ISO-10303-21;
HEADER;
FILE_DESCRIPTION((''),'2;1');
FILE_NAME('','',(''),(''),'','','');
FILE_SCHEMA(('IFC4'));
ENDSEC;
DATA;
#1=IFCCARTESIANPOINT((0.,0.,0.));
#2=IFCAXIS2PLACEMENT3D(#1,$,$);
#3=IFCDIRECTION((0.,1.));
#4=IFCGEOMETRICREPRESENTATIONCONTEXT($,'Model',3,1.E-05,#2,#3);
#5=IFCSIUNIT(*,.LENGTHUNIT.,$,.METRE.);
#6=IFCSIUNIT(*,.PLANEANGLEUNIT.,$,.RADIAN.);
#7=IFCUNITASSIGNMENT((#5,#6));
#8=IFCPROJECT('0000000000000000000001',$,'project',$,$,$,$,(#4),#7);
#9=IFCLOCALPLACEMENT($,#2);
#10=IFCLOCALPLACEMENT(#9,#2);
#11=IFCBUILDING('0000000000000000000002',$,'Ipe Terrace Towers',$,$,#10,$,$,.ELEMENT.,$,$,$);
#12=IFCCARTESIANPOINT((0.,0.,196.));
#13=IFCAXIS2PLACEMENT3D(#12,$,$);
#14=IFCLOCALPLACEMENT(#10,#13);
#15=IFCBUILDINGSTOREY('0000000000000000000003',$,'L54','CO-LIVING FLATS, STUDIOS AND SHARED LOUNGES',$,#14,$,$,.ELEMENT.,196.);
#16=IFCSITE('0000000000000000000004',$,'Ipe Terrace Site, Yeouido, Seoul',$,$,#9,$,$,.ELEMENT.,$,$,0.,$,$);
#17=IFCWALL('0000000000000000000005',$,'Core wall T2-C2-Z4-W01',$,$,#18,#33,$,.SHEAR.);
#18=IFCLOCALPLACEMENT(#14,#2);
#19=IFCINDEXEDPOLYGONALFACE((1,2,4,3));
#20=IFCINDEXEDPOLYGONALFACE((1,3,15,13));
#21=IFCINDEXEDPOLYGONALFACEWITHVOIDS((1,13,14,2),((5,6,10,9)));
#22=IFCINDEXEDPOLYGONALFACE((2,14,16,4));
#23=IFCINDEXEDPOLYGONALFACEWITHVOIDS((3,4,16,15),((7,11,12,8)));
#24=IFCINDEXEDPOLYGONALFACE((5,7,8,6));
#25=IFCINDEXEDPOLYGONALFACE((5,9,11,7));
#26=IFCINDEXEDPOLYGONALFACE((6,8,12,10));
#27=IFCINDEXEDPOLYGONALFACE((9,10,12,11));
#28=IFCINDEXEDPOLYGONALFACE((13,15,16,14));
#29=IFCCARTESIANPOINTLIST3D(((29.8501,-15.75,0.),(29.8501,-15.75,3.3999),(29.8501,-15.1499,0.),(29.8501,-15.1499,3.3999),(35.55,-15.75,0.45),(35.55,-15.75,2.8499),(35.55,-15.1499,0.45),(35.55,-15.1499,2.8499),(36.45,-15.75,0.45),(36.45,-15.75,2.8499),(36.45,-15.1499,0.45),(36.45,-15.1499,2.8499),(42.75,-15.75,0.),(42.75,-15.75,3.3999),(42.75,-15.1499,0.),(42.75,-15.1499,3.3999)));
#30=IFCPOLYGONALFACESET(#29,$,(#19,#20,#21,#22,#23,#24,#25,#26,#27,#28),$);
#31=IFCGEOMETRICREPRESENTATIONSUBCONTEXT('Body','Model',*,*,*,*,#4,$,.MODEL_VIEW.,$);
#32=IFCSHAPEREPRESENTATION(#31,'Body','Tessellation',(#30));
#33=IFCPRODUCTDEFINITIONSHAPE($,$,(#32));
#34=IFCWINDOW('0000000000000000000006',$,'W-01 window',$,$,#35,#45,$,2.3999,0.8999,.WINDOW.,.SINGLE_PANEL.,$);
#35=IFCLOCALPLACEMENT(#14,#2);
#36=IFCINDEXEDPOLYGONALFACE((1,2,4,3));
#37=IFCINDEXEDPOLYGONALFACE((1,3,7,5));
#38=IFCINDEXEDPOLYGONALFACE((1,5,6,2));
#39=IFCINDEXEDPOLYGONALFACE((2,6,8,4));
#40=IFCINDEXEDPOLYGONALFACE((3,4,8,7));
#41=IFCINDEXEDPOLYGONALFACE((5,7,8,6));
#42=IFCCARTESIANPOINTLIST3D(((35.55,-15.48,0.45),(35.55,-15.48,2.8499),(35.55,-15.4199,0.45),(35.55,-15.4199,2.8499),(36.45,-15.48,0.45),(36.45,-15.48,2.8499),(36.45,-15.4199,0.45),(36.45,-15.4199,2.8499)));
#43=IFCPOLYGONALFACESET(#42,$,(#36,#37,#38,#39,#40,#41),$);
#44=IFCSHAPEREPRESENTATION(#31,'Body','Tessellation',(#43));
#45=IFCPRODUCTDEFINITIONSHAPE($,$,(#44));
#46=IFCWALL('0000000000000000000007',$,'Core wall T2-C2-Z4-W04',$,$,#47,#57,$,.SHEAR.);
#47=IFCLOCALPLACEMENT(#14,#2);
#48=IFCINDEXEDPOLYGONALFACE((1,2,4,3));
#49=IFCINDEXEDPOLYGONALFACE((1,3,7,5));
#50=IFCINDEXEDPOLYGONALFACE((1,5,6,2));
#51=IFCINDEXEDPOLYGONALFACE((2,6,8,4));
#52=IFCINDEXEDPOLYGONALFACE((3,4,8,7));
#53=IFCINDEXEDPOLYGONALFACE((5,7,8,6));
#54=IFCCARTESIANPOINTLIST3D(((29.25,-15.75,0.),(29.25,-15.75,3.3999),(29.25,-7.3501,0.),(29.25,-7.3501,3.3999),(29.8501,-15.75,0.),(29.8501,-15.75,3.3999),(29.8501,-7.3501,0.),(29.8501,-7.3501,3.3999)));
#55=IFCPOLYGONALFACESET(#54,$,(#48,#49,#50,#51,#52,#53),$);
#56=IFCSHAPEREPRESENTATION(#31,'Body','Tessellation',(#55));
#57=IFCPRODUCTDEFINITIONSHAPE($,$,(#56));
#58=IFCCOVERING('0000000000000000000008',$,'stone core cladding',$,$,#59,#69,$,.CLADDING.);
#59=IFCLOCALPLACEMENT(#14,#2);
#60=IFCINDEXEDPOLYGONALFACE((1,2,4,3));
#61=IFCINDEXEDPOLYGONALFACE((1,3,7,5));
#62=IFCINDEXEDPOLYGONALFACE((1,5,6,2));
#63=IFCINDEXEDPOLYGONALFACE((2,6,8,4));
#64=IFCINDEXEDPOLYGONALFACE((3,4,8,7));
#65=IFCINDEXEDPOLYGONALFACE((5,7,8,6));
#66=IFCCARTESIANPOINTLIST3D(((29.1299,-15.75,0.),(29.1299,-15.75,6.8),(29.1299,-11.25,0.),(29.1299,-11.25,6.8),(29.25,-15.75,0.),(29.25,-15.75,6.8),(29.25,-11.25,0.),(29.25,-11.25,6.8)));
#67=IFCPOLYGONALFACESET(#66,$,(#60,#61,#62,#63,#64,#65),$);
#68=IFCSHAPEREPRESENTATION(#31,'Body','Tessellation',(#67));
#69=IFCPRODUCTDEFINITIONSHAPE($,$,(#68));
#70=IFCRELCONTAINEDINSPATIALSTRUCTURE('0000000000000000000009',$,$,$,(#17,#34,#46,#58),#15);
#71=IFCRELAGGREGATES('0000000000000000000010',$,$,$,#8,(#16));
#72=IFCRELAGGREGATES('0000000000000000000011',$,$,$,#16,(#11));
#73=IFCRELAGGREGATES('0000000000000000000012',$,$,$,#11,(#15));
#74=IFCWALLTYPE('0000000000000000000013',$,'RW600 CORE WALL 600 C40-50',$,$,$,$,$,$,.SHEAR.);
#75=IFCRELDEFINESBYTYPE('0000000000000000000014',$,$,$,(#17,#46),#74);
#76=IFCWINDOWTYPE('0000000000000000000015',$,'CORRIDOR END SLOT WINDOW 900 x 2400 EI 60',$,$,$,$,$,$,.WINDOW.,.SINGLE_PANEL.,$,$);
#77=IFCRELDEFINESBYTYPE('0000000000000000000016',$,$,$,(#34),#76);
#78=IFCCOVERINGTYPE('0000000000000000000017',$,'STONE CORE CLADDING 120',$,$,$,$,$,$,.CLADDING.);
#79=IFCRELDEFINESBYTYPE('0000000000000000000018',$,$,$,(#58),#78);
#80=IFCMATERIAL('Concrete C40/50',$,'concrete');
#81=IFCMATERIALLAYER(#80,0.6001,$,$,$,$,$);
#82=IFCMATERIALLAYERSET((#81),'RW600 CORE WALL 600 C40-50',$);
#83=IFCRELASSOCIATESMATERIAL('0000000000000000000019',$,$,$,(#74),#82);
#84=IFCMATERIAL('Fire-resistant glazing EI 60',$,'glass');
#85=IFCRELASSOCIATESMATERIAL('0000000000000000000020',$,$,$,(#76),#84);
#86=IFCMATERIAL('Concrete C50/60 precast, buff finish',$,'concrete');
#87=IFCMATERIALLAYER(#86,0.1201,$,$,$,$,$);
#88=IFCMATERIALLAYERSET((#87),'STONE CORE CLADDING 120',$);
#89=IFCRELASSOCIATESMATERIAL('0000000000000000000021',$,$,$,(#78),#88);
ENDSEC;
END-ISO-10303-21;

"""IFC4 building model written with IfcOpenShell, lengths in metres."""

from ifc_helpers import new_model, si_unit, direction, frame, frame_2d, origin, origin_2d, place, context, subcontext, project, spatial, rectangle, extrude, material, layer, layer_set, type_object, element, fill, save


model = new_model("IFC4")

# Units and contexts
model_context = context("Model", 3, precision=1e-05, world=origin(), true_north=direction((0.0, 1.0)))
body_context = subcontext(model_context, "Body", "Model", "MODEL_VIEW")
ifc_project = project(units=[si_unit("LENGTHUNIT", "METRE"), si_unit("PLANEANGLEUNIT", "RADIAN")], contexts=[model_context])

# Site, building, storey
site_placement = place(None, origin())
site = spatial("IfcSite", under=ifc_project, at=site_placement, Name="Ipe Terrace Site, Yeouido, Seoul", CompositionType="ELEMENT", RefElevation=0.0)
building_placement = place(site_placement, origin())
building = spatial("IfcBuilding", under=site, at=building_placement, Name="Ipe Terrace Towers", CompositionType="ELEMENT")
storey_placement = place(building_placement, frame((0.0, 0.0, 196.0)))
storey = spatial("IfcBuildingStorey", under=building, at=storey_placement, Name="L54", Description="CO-LIVING FLATS, STUDIOS AND SHARED LOUNGES", CompositionType="ELEMENT", Elevation=196.0)

# Wall, opening, window
ifc_material_1 = material(Name="Concrete C40/50", Category="concrete")
ifc_layer_1 = layer(ifc_material_1, 0.6001)
ifc_layer_set_1 = layer_set([ifc_layer_1], Name="RW600 CORE WALL 600 C40-50")
wall_type_1 = type_object("IfcWallType", Name="RW600 CORE WALL 600 C40-50", PredefinedType="SHEAR", material=ifc_layer_set_1)
wall_1_placement = place(storey_placement, frame((29.8501, -15.45, 0.0), z_axis=(0.0, 0.0, 1.0), x_axis=(1.0, 0.0, 0.0)))
wall_1 = element("IfcWall", 1, at=wall_1_placement, inside=storey, type_object=wall_type_1, Name="Core wall T2-C2-Z4-W01", PredefinedType="SHEAR", context=body_context, shape_type="SweptSolid", body=[
    extrude(rectangle(XDim=12.8999, YDim=0.6001, at=frame_2d((6.45, 0.0))), origin(), (0.0, 0.0, 1.0), 3.3999),
])
opening_1_placement = place(wall_1_placement, frame((5.7, 0.0, 0.45)))
opening_1 = element("IfcOpeningElement", 2, at=opening_1_placement, cuts=wall_1, PredefinedType="OPENING", context=body_context, shape_type="SweptSolid", body=[
    extrude(rectangle(XDim=0.8999, YDim=2.3999, at=frame_2d((0.45, 1.2))), frame((0.0, 0.3101, 0.0), z_axis=(0.0, -1.0, 0.0), x_axis=(1.0, 0.0, 0.0)), (0.0, 0.0, 1.0), 0.6201),
])
ifc_material_2 = material(Name="Fire-resistant glazing EI 60", Category="glass")
window_type = type_object("IfcWindowType", Name="CORRIDOR END SLOT WINDOW 900 x 2400 EI 60", PartitioningType="SINGLE_PANEL", PredefinedType="WINDOW", material=ifc_material_2)
window_placement = place(opening_1_placement, origin())
window = element("IfcWindow", 3, at=window_placement, inside=storey, type_object=window_type, Name="W-01 window", OverallHeight=2.3999, OverallWidth=0.8999, PartitioningType="SINGLE_PANEL", PredefinedType="WINDOW", context=body_context, shape_type="SweptSolid", body=[
    extrude(rectangle(XDim=0.8999, YDim=2.3999, at=frame_2d((0.45, 1.2))), frame((0.0, 0.03, 0.0), z_axis=(0.0, -1.0, 0.0), x_axis=(1.0, 0.0, 0.0)), (0.0, 0.0, 1.0), 0.0601),
])
fill(opening_1, window)

# Wall
wall_2_placement = place(storey_placement, frame((29.55, -7.3501, 0.0), z_axis=(0.0, 0.0, 1.0), x_axis=(0.0, -1.0, 0.0)))
element("IfcWall", 4, at=wall_2_placement, inside=storey, type_object=wall_type_1, Name="Core wall T2-C2-Z4-W04", PredefinedType="SHEAR", context=body_context, shape_type="SweptSolid", body=[
    extrude(rectangle(XDim=8.3999, YDim=0.6001, at=frame_2d((4.2, 0.0))), origin(), (0.0, 0.0, 1.0), 3.3999),
])

# Covering
ifc_material_3 = material(Name="Concrete C50/60 precast, buff finish", Category="concrete")
ifc_layer_2 = layer(ifc_material_3, 0.1201)
ifc_layer_set_2 = layer_set([ifc_layer_2], Name="STONE CORE CLADDING 120")
covering_type = type_object("IfcCoveringType", Name="STONE CORE CLADDING 120", PredefinedType="CLADDING", material=ifc_layer_set_2)
covering_placement = place(storey_placement, frame((29.1899, -13.5, 0.0), z_axis=(0.0, 0.0, 1.0), x_axis=(0.0, -1.0, 0.0)))
element("IfcCovering", 5, at=covering_placement, inside=storey, type_object=covering_type, Name="stone core cladding", PredefinedType="CLADDING", context=body_context, shape_type="SweptSolid", body=[
    extrude(rectangle(XDim=4.5, YDim=0.1201, at=origin_2d()), origin(), (0.0, 0.0, 1.0), 6.8),
])

save(model, "model.ifc")
